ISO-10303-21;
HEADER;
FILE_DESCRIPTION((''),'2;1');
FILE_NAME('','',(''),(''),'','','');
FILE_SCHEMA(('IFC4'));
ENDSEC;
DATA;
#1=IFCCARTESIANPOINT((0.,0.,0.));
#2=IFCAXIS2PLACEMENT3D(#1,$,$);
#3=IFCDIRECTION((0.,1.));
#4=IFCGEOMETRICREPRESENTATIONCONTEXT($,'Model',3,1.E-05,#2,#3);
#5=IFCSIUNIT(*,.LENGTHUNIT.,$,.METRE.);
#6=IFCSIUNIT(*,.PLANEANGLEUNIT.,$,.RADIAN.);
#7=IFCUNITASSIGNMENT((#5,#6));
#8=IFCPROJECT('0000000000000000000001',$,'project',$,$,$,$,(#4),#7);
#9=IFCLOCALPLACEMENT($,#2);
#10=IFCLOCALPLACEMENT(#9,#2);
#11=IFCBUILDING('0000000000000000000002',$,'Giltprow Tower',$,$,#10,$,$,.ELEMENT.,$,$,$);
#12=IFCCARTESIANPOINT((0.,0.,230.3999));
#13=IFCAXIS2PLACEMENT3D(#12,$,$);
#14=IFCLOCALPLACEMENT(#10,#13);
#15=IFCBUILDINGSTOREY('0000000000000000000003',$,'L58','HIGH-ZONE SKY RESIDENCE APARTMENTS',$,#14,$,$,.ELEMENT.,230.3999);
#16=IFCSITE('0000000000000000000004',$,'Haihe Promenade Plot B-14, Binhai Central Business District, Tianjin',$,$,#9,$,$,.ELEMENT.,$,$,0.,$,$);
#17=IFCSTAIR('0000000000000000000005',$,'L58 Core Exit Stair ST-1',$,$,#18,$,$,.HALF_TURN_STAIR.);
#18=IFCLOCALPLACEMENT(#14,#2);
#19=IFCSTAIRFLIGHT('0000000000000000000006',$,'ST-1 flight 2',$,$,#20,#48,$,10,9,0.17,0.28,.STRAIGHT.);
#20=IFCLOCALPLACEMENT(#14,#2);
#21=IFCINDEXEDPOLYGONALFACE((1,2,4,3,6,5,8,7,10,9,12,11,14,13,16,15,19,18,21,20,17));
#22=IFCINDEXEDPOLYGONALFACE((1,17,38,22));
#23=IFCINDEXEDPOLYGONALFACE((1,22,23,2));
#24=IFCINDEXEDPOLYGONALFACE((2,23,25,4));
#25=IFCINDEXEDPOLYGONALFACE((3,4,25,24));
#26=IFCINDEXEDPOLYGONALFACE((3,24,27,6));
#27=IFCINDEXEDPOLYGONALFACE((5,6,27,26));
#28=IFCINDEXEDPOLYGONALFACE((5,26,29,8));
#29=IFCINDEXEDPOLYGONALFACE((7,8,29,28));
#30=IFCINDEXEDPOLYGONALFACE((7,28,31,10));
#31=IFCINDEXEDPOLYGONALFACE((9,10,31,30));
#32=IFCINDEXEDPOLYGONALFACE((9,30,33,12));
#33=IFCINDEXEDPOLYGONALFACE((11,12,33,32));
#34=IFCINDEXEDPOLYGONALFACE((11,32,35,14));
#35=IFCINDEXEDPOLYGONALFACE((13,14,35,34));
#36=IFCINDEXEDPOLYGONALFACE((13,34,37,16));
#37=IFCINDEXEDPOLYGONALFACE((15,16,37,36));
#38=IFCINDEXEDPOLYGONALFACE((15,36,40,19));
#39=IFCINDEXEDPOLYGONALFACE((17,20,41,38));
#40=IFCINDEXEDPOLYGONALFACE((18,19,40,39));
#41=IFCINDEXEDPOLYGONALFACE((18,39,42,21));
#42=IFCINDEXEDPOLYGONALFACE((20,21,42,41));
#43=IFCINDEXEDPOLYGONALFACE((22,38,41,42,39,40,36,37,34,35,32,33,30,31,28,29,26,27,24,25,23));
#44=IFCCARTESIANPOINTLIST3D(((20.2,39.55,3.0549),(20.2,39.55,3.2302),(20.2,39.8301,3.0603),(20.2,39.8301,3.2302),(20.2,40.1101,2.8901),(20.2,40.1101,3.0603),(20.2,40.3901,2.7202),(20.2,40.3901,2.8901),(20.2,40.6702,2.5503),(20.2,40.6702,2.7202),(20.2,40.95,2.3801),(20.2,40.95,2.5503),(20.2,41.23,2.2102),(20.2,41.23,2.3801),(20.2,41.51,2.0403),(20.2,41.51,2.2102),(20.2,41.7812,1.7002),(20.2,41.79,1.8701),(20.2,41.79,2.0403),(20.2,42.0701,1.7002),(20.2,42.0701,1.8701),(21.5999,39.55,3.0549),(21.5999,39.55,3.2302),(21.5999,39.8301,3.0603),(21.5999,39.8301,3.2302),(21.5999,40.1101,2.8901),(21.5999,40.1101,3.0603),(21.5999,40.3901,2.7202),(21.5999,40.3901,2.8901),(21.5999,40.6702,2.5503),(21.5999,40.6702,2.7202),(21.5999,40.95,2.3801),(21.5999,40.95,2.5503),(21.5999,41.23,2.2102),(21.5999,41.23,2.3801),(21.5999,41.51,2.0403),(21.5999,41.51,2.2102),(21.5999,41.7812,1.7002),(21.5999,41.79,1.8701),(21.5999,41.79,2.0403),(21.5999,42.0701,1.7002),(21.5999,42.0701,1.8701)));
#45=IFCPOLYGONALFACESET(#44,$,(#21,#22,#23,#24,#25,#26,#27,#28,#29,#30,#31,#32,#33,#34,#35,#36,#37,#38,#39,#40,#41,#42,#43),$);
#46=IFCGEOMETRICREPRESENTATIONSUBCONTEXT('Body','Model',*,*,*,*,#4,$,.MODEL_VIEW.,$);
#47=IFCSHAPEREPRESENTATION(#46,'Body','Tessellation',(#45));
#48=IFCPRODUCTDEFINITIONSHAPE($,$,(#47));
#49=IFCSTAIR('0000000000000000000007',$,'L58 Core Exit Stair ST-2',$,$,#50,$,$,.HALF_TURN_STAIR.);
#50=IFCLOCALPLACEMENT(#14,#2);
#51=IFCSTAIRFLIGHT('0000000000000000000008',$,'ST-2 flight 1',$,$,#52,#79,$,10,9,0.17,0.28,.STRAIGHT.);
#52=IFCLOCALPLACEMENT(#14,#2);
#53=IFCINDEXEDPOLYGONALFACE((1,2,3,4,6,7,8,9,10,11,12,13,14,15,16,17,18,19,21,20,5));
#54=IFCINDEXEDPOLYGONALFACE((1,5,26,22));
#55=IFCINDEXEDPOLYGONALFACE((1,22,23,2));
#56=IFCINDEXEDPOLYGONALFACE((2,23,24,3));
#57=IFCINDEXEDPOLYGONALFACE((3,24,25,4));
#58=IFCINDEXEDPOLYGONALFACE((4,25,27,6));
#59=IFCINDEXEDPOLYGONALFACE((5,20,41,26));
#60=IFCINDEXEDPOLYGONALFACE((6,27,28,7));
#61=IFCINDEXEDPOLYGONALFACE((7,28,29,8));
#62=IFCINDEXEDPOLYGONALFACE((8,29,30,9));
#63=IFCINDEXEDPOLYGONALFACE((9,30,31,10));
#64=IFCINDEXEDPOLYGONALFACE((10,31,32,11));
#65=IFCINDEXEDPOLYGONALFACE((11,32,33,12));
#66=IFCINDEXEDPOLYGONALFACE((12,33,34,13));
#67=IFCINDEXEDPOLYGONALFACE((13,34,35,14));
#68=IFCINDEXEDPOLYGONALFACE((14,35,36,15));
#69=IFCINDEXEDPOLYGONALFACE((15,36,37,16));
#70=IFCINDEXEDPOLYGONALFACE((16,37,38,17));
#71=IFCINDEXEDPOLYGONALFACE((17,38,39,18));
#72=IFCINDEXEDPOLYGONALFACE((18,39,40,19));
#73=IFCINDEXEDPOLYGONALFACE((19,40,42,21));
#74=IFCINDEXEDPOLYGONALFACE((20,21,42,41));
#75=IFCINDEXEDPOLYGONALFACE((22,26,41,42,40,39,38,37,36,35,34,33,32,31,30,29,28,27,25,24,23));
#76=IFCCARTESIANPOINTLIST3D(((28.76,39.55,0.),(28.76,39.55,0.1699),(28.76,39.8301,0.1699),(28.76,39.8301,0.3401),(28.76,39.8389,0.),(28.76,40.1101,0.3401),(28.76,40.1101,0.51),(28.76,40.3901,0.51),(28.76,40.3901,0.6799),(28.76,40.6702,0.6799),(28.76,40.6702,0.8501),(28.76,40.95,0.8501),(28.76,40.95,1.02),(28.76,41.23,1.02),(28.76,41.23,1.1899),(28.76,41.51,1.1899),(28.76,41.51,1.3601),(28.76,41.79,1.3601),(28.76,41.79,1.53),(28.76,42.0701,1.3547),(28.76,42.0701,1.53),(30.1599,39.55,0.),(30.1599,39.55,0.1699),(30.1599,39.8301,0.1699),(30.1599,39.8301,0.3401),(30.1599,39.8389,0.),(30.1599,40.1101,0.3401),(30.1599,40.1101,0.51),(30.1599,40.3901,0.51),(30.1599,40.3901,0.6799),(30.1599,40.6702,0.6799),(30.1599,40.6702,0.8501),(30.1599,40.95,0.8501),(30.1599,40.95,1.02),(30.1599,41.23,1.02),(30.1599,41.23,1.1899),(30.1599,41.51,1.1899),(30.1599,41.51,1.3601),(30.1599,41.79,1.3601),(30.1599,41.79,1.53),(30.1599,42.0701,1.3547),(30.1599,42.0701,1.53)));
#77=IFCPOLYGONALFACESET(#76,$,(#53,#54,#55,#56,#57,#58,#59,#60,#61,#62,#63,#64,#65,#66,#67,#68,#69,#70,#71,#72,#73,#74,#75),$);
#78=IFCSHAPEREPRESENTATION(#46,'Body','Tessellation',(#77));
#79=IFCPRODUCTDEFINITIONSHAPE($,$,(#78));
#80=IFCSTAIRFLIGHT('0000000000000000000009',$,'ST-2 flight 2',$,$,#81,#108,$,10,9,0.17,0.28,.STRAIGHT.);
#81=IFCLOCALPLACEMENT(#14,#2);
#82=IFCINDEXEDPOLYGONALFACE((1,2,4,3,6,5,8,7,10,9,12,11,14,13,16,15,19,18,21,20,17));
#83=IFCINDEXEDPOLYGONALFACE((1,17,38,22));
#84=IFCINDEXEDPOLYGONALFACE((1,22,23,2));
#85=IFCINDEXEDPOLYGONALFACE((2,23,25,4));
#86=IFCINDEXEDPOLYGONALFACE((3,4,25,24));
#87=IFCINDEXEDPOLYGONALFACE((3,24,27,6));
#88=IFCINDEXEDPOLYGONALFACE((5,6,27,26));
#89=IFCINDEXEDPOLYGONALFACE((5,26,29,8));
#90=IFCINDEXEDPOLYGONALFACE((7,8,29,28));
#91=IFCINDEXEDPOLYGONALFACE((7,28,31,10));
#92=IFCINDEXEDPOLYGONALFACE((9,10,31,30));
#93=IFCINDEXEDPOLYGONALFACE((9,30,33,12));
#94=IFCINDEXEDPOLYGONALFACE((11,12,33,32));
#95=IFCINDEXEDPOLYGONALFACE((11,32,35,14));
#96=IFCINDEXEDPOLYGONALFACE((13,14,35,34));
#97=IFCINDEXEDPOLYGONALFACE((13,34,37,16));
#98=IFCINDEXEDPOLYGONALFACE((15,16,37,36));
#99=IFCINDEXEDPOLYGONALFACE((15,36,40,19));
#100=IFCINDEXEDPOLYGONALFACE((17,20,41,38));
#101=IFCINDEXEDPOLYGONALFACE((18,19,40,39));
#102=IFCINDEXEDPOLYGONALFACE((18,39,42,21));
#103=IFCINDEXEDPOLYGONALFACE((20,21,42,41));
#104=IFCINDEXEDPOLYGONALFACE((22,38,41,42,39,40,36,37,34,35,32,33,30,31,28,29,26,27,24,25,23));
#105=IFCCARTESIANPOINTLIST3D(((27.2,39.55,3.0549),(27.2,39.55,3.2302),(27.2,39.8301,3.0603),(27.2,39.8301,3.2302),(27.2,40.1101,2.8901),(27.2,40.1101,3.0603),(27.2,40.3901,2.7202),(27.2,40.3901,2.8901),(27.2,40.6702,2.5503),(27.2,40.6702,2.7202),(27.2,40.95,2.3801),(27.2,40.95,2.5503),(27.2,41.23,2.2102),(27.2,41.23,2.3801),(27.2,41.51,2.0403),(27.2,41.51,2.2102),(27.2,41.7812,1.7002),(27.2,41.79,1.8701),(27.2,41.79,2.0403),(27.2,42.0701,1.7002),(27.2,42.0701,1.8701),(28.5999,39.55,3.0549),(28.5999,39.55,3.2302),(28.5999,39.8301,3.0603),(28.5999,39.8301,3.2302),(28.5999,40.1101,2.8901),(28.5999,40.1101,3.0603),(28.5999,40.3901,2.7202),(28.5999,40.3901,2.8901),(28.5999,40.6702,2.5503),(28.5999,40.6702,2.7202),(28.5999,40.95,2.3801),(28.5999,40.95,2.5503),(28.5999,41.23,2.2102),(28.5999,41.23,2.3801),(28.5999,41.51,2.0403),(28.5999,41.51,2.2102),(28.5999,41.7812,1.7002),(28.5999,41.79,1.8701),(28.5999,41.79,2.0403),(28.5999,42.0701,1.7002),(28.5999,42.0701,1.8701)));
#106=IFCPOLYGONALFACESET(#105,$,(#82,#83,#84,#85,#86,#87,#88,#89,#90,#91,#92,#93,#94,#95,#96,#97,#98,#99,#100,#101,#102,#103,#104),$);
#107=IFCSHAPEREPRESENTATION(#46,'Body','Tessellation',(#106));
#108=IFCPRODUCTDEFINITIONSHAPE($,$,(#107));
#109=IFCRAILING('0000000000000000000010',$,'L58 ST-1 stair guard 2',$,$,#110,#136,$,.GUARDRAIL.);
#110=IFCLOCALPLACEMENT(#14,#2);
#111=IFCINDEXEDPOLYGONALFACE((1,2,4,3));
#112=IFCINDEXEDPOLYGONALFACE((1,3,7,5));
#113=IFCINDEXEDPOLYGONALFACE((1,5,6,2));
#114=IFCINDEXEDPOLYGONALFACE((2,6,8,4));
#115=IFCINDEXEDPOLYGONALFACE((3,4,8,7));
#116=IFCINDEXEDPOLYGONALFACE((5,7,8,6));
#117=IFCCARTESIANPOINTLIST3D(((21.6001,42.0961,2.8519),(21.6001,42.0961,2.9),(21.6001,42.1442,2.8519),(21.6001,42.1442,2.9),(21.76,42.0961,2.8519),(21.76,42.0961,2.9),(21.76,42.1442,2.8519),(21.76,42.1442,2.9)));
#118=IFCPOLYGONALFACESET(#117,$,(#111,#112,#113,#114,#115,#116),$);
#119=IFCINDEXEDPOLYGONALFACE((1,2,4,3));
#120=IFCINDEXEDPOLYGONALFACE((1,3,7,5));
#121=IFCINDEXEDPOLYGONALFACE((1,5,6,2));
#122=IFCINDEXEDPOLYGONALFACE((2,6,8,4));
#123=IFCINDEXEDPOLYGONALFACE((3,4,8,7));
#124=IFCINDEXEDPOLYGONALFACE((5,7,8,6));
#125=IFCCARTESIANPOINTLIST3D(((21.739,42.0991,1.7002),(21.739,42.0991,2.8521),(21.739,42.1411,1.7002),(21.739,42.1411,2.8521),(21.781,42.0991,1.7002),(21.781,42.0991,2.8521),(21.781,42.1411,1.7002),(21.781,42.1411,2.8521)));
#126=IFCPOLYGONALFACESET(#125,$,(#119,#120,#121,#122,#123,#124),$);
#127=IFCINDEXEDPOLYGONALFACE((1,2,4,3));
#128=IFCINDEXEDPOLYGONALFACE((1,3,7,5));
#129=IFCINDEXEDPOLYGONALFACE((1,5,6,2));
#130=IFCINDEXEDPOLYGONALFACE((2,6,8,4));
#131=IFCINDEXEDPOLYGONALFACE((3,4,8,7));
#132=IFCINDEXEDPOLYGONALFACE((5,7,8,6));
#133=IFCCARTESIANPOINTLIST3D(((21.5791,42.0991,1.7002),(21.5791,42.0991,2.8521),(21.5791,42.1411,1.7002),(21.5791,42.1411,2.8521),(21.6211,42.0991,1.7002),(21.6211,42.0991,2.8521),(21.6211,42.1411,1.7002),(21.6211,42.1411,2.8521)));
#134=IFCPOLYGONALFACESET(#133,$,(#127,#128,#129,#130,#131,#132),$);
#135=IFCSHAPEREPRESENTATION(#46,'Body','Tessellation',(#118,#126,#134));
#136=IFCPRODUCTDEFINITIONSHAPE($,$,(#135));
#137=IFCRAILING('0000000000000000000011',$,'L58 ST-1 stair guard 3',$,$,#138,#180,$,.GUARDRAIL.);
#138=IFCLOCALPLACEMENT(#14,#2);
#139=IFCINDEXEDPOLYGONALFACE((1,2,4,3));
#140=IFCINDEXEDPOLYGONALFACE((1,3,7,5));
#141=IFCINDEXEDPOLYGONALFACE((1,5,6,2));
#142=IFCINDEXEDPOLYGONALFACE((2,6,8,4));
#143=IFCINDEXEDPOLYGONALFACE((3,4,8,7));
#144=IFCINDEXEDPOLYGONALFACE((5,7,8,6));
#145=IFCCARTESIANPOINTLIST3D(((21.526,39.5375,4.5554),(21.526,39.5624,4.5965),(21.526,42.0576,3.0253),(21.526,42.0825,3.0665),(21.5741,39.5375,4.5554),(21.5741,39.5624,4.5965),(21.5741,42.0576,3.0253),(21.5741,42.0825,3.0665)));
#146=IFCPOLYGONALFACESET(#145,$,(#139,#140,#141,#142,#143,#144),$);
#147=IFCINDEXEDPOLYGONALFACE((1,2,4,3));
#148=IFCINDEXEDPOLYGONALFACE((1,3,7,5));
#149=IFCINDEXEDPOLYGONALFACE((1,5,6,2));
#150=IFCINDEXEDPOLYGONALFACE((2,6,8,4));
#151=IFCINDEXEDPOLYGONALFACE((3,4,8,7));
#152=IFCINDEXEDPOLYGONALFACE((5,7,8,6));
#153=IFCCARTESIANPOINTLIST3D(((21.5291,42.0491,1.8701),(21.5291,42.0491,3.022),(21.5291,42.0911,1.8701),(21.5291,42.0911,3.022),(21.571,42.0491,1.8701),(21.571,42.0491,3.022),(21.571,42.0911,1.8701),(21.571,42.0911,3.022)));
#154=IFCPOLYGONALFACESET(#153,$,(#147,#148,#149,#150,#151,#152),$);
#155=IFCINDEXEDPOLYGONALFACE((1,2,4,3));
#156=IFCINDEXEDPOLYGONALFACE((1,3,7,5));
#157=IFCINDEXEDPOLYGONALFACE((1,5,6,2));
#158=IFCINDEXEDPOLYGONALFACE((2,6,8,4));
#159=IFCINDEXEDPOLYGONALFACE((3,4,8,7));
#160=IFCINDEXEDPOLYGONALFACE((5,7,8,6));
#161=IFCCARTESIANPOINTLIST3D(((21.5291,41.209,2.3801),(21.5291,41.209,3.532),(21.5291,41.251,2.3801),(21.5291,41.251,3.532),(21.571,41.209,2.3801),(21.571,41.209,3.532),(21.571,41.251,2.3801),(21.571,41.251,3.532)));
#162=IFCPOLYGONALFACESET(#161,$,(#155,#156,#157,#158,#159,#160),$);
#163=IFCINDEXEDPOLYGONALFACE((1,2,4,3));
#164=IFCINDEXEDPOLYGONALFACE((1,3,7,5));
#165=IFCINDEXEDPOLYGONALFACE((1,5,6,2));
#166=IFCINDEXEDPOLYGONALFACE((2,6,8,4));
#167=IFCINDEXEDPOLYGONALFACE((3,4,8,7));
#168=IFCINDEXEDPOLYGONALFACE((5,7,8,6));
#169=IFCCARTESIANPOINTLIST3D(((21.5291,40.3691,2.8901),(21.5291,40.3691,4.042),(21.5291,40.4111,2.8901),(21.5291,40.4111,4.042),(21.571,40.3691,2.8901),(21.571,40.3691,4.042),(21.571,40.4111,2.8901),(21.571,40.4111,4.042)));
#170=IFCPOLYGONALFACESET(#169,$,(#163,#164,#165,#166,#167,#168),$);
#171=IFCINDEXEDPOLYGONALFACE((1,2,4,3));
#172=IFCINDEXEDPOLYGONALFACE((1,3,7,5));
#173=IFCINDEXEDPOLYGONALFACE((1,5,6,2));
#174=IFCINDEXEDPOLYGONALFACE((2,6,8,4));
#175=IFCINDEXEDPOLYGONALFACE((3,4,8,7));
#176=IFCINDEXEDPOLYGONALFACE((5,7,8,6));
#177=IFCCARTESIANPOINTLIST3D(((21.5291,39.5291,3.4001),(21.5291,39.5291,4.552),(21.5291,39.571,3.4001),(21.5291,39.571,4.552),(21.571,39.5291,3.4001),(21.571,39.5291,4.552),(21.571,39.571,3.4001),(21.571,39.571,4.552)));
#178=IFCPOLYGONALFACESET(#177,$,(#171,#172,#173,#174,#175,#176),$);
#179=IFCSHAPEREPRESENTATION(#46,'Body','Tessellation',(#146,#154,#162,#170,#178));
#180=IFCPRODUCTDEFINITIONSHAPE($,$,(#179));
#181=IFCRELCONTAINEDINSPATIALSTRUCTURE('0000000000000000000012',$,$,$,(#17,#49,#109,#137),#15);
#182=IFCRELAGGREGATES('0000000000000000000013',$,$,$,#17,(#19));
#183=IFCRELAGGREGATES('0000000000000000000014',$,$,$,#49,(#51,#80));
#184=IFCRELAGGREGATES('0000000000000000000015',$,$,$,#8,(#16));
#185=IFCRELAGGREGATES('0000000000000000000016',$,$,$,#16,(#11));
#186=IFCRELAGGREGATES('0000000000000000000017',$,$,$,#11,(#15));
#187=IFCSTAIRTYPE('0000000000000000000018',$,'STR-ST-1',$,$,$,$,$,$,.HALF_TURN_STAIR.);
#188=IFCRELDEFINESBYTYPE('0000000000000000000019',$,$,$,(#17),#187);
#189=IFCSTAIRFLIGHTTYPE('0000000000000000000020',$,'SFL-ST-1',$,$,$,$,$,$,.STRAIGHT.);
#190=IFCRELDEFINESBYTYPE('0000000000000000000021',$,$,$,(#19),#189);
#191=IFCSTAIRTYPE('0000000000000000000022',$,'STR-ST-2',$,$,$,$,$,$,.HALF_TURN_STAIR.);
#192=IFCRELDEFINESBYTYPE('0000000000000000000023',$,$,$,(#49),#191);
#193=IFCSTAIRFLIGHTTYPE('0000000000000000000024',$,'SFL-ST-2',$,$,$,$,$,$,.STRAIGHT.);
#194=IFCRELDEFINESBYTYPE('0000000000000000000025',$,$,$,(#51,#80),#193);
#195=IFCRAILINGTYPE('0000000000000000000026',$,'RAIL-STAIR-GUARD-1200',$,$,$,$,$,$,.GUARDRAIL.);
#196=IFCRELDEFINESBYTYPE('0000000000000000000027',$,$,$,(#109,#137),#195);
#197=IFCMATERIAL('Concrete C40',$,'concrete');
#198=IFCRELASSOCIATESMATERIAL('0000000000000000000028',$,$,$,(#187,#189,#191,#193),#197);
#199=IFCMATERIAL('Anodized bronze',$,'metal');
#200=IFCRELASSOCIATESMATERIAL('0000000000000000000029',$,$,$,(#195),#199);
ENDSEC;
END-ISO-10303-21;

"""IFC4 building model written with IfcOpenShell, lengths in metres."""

from ifc_helpers import new_model, si_unit, direction, frame, origin, origin_2d, place, context, subcontext, project, spatial, polyline, rectangle, outline, extrude, material, type_object, element, aggregate, save


model = new_model("IFC4")

# Units and contexts
model_context = context("Model", 3, precision=1e-05, world=origin(), true_north=direction((0.0, 1.0)))
body_context = subcontext(model_context, "Body", "Model", "MODEL_VIEW")
ifc_project = project(units=[si_unit("LENGTHUNIT", "METRE"), si_unit("PLANEANGLEUNIT", "RADIAN")], contexts=[model_context])

# Site, building, storey
site_placement = place(None, origin())
site = spatial("IfcSite", under=ifc_project, at=site_placement, Name="Haihe Promenade Plot B-14, Binhai Central Business District, Tianjin", CompositionType="ELEMENT", RefElevation=0.0)
building_placement = place(site_placement, origin())
building = spatial("IfcBuilding", under=site, at=building_placement, Name="Giltprow Tower", CompositionType="ELEMENT")
storey_placement = place(building_placement, frame((0.0, 0.0, 230.3999)))
storey = spatial("IfcBuildingStorey", under=building, at=storey_placement, Name="L58", Description="HIGH-ZONE SKY RESIDENCE APARTMENTS", CompositionType="ELEMENT", Elevation=230.3999)

# Shared definitions
ifc_material_1 = material(Name="Concrete C40", Category="concrete")

# Stair, stair flight
stair_type_1 = type_object("IfcStairType", Name="STR-ST-1", PredefinedType="HALF_TURN_STAIR", material=ifc_material_1)
stair_1_placement = place(storey_placement, origin())
stair_1 = element("IfcStair", 1, at=stair_1_placement, inside=storey, type_object=stair_type_1, Name="L58 Core Exit Stair ST-1", PredefinedType="HALF_TURN_STAIR")
stair_flight_type_1 = type_object("IfcStairFlightType", Name="SFL-ST-1", PredefinedType="STRAIGHT", material=ifc_material_1)
stair_flight_1_placement = place(storey_placement, frame((20.8999, 42.0701, 1.7002), z_axis=(0.0, 0.0, 1.0), x_axis=(0.0, -1.0, 0.0)))
stair_flight_1 = element("IfcStairFlight", 2, at=stair_flight_1_placement, type_object=stair_flight_type_1, Name="ST-1 flight 2", NumberOfRisers=10, NumberOfTreads=9, PredefinedType="STRAIGHT", RiserHeight=0.17, TreadLength=0.28, context=body_context, shape_type="SweptSolid", body=[
    extrude(outline(polyline([(0.0, 0.0), (0.0, 0.1699), (0.28, 0.1699), (0.28, 0.3401), (0.5601, 0.3401), (0.5601, 0.51), (0.8401, 0.51), (0.8401, 0.6799), (1.1201, 0.6799), (1.1201, 0.8501), (1.3999, 0.8501), (1.3999, 1.02), (1.6799, 1.02), (1.6799, 1.1899), (1.96, 1.1899), (1.96, 1.3601), (2.24, 1.3601), (2.24, 1.53), (2.52, 1.53), (2.52, 1.7), (2.52, 1.3547), (0.2888, 0.0), (0.0, 0.0)])), frame((0.0, 0.7, 0.0), z_axis=(0.0, -1.0, 0.0), x_axis=(1.0, 0.0, 0.0)), (0.0, 0.0, 1.0), 1.3999),
])
aggregate(stair_1, [stair_flight_1])

# Stair, stair flights
stair_type_2 = type_object("IfcStairType", Name="STR-ST-2", PredefinedType="HALF_TURN_STAIR", material=ifc_material_1)
stair_2_placement = place(storey_placement, origin())
stair_2 = element("IfcStair", 3, at=stair_2_placement, inside=storey, type_object=stair_type_2, Name="L58 Core Exit Stair ST-2", PredefinedType="HALF_TURN_STAIR")
stair_flight_type_2 = type_object("IfcStairFlightType", Name="SFL-ST-2", PredefinedType="STRAIGHT", material=ifc_material_1)
stair_flight_2_placement = place(storey_placement, frame((29.46, 39.55, 0.0), z_axis=(0.0, 0.0, 1.0), x_axis=(0.0, 1.0, 0.0)))
stair_flight_2 = element("IfcStairFlight", 4, at=stair_flight_2_placement, type_object=stair_flight_type_2, Name="ST-2 flight 1", NumberOfRisers=10, NumberOfTreads=9, PredefinedType="STRAIGHT", RiserHeight=0.17, TreadLength=0.28, context=body_context, shape_type="SweptSolid", body=[
    extrude(outline(polyline([(0.0, 0.0), (0.0, 0.1699), (0.28, 0.1699), (0.28, 0.3401), (0.5601, 0.3401), (0.5601, 0.51), (0.8401, 0.51), (0.8401, 0.6799), (1.1201, 0.6799), (1.1201, 0.8501), (1.3999, 0.8501), (1.3999, 1.02), (1.6799, 1.02), (1.6799, 1.1899), (1.96, 1.1899), (1.96, 1.3601), (2.24, 1.3601), (2.24, 1.53), (2.52, 1.53), (2.52, 1.7), (2.52, 1.3547), (0.2888, 0.0), (0.0, 0.0)])), frame((0.0, 0.7, 0.0), z_axis=(0.0, -1.0, 0.0), x_axis=(1.0, 0.0, 0.0)), (0.0, 0.0, 1.0), 1.3999),
])
stair_flight_3_placement = place(storey_placement, frame((27.8999, 42.0701, 1.7002), z_axis=(0.0, 0.0, 1.0), x_axis=(0.0, -1.0, 0.0)))
stair_flight_3 = element("IfcStairFlight", 5, at=stair_flight_3_placement, type_object=stair_flight_type_2, Name="ST-2 flight 2", NumberOfRisers=10, NumberOfTreads=9, PredefinedType="STRAIGHT", RiserHeight=0.17, TreadLength=0.28, context=body_context, shape_type="SweptSolid", body=[
    extrude(outline(polyline([(0.0, 0.0), (0.0, 0.1699), (0.28, 0.1699), (0.28, 0.3401), (0.5601, 0.3401), (0.5601, 0.51), (0.8401, 0.51), (0.8401, 0.6799), (1.1201, 0.6799), (1.1201, 0.8501), (1.3999, 0.8501), (1.3999, 1.02), (1.6799, 1.02), (1.6799, 1.1899), (1.96, 1.1899), (1.96, 1.3601), (2.24, 1.3601), (2.24, 1.53), (2.52, 1.53), (2.52, 1.7), (2.52, 1.3547), (0.2888, 0.0), (0.0, 0.0)])), frame((0.0, 0.7, 0.0), z_axis=(0.0, -1.0, 0.0), x_axis=(1.0, 0.0, 0.0)), (0.0, 0.0, 1.0), 1.3999),
])
aggregate(stair_2, [stair_flight_2, stair_flight_3])

# Railings
ifc_material_2 = material(Name="Anodized bronze", Category="metal")
railing_type_1 = type_object("IfcRailingType", Name="RAIL-STAIR-GUARD-1200", PredefinedType="GUARDRAIL", material=ifc_material_2)
railing_1_placement = place(storey_placement, frame((21.76, 42.1201, 1.7002)))
element("IfcRailing", 6, at=railing_1_placement, inside=storey, type_object=railing_type_1, Name="L58 ST-1 stair guard 2", PredefinedType="GUARDRAIL", context=body_context, shape_type="SweptSolid", body=[
    extrude(rectangle(XDim=0.0481, YDim=0.0481, at=origin_2d()), frame((0.0, 0.0, 1.1758), z_axis=(-1.0, 0.0, 0.0), x_axis=(0.0, -1.0, 0.0)), (0.0, 0.0, 1.0), 0.1599),
    extrude(rectangle(XDim=0.042, YDim=0.042, at=origin_2d()), origin(), (0.0, 0.0, 1.0), 1.1519),
    extrude(rectangle(XDim=0.042, YDim=0.042, at=origin_2d()), frame((-0.1599, 0.0, 0.0)), (0.0, 0.0, 1.0), 1.1519),
])
railing_2_placement = place(storey_placement, frame((21.55, 42.0701, 1.8701)))
element("IfcRailing", 7, at=railing_2_placement, inside=storey, type_object=railing_type_1, Name="L58 ST-1 stair guard 3", PredefinedType="GUARDRAIL", context=body_context, shape_type="SweptSolid", body=[
    extrude(rectangle(XDim=0.0481, YDim=0.0481, at=origin_2d()), frame((0.0, 0.0, 1.1758), z_axis=(0.0, -0.854785, 0.518982), x_axis=(1.0, 0.0, 0.0)), (0.0, 0.0, 1.0), 2.9482),
    extrude(rectangle(XDim=0.042, YDim=0.042, at=origin_2d()), origin(), (0.0, 0.0, 1.0), 1.1519),
    extrude(rectangle(XDim=0.042, YDim=0.042, at=origin_2d()), frame((0.0, -0.8401, 0.51)), (0.0, 0.0, 1.0), 1.1519),
    extrude(rectangle(XDim=0.042, YDim=0.042, at=origin_2d()), frame((0.0, -1.6799, 1.02)), (0.0, 0.0, 1.0), 1.1519),
    extrude(rectangle(XDim=0.042, YDim=0.042, at=origin_2d()), frame((0.0, -2.52, 1.53)), (0.0, 0.0, 1.0), 1.1519),
])

save(model, "model.ifc")
